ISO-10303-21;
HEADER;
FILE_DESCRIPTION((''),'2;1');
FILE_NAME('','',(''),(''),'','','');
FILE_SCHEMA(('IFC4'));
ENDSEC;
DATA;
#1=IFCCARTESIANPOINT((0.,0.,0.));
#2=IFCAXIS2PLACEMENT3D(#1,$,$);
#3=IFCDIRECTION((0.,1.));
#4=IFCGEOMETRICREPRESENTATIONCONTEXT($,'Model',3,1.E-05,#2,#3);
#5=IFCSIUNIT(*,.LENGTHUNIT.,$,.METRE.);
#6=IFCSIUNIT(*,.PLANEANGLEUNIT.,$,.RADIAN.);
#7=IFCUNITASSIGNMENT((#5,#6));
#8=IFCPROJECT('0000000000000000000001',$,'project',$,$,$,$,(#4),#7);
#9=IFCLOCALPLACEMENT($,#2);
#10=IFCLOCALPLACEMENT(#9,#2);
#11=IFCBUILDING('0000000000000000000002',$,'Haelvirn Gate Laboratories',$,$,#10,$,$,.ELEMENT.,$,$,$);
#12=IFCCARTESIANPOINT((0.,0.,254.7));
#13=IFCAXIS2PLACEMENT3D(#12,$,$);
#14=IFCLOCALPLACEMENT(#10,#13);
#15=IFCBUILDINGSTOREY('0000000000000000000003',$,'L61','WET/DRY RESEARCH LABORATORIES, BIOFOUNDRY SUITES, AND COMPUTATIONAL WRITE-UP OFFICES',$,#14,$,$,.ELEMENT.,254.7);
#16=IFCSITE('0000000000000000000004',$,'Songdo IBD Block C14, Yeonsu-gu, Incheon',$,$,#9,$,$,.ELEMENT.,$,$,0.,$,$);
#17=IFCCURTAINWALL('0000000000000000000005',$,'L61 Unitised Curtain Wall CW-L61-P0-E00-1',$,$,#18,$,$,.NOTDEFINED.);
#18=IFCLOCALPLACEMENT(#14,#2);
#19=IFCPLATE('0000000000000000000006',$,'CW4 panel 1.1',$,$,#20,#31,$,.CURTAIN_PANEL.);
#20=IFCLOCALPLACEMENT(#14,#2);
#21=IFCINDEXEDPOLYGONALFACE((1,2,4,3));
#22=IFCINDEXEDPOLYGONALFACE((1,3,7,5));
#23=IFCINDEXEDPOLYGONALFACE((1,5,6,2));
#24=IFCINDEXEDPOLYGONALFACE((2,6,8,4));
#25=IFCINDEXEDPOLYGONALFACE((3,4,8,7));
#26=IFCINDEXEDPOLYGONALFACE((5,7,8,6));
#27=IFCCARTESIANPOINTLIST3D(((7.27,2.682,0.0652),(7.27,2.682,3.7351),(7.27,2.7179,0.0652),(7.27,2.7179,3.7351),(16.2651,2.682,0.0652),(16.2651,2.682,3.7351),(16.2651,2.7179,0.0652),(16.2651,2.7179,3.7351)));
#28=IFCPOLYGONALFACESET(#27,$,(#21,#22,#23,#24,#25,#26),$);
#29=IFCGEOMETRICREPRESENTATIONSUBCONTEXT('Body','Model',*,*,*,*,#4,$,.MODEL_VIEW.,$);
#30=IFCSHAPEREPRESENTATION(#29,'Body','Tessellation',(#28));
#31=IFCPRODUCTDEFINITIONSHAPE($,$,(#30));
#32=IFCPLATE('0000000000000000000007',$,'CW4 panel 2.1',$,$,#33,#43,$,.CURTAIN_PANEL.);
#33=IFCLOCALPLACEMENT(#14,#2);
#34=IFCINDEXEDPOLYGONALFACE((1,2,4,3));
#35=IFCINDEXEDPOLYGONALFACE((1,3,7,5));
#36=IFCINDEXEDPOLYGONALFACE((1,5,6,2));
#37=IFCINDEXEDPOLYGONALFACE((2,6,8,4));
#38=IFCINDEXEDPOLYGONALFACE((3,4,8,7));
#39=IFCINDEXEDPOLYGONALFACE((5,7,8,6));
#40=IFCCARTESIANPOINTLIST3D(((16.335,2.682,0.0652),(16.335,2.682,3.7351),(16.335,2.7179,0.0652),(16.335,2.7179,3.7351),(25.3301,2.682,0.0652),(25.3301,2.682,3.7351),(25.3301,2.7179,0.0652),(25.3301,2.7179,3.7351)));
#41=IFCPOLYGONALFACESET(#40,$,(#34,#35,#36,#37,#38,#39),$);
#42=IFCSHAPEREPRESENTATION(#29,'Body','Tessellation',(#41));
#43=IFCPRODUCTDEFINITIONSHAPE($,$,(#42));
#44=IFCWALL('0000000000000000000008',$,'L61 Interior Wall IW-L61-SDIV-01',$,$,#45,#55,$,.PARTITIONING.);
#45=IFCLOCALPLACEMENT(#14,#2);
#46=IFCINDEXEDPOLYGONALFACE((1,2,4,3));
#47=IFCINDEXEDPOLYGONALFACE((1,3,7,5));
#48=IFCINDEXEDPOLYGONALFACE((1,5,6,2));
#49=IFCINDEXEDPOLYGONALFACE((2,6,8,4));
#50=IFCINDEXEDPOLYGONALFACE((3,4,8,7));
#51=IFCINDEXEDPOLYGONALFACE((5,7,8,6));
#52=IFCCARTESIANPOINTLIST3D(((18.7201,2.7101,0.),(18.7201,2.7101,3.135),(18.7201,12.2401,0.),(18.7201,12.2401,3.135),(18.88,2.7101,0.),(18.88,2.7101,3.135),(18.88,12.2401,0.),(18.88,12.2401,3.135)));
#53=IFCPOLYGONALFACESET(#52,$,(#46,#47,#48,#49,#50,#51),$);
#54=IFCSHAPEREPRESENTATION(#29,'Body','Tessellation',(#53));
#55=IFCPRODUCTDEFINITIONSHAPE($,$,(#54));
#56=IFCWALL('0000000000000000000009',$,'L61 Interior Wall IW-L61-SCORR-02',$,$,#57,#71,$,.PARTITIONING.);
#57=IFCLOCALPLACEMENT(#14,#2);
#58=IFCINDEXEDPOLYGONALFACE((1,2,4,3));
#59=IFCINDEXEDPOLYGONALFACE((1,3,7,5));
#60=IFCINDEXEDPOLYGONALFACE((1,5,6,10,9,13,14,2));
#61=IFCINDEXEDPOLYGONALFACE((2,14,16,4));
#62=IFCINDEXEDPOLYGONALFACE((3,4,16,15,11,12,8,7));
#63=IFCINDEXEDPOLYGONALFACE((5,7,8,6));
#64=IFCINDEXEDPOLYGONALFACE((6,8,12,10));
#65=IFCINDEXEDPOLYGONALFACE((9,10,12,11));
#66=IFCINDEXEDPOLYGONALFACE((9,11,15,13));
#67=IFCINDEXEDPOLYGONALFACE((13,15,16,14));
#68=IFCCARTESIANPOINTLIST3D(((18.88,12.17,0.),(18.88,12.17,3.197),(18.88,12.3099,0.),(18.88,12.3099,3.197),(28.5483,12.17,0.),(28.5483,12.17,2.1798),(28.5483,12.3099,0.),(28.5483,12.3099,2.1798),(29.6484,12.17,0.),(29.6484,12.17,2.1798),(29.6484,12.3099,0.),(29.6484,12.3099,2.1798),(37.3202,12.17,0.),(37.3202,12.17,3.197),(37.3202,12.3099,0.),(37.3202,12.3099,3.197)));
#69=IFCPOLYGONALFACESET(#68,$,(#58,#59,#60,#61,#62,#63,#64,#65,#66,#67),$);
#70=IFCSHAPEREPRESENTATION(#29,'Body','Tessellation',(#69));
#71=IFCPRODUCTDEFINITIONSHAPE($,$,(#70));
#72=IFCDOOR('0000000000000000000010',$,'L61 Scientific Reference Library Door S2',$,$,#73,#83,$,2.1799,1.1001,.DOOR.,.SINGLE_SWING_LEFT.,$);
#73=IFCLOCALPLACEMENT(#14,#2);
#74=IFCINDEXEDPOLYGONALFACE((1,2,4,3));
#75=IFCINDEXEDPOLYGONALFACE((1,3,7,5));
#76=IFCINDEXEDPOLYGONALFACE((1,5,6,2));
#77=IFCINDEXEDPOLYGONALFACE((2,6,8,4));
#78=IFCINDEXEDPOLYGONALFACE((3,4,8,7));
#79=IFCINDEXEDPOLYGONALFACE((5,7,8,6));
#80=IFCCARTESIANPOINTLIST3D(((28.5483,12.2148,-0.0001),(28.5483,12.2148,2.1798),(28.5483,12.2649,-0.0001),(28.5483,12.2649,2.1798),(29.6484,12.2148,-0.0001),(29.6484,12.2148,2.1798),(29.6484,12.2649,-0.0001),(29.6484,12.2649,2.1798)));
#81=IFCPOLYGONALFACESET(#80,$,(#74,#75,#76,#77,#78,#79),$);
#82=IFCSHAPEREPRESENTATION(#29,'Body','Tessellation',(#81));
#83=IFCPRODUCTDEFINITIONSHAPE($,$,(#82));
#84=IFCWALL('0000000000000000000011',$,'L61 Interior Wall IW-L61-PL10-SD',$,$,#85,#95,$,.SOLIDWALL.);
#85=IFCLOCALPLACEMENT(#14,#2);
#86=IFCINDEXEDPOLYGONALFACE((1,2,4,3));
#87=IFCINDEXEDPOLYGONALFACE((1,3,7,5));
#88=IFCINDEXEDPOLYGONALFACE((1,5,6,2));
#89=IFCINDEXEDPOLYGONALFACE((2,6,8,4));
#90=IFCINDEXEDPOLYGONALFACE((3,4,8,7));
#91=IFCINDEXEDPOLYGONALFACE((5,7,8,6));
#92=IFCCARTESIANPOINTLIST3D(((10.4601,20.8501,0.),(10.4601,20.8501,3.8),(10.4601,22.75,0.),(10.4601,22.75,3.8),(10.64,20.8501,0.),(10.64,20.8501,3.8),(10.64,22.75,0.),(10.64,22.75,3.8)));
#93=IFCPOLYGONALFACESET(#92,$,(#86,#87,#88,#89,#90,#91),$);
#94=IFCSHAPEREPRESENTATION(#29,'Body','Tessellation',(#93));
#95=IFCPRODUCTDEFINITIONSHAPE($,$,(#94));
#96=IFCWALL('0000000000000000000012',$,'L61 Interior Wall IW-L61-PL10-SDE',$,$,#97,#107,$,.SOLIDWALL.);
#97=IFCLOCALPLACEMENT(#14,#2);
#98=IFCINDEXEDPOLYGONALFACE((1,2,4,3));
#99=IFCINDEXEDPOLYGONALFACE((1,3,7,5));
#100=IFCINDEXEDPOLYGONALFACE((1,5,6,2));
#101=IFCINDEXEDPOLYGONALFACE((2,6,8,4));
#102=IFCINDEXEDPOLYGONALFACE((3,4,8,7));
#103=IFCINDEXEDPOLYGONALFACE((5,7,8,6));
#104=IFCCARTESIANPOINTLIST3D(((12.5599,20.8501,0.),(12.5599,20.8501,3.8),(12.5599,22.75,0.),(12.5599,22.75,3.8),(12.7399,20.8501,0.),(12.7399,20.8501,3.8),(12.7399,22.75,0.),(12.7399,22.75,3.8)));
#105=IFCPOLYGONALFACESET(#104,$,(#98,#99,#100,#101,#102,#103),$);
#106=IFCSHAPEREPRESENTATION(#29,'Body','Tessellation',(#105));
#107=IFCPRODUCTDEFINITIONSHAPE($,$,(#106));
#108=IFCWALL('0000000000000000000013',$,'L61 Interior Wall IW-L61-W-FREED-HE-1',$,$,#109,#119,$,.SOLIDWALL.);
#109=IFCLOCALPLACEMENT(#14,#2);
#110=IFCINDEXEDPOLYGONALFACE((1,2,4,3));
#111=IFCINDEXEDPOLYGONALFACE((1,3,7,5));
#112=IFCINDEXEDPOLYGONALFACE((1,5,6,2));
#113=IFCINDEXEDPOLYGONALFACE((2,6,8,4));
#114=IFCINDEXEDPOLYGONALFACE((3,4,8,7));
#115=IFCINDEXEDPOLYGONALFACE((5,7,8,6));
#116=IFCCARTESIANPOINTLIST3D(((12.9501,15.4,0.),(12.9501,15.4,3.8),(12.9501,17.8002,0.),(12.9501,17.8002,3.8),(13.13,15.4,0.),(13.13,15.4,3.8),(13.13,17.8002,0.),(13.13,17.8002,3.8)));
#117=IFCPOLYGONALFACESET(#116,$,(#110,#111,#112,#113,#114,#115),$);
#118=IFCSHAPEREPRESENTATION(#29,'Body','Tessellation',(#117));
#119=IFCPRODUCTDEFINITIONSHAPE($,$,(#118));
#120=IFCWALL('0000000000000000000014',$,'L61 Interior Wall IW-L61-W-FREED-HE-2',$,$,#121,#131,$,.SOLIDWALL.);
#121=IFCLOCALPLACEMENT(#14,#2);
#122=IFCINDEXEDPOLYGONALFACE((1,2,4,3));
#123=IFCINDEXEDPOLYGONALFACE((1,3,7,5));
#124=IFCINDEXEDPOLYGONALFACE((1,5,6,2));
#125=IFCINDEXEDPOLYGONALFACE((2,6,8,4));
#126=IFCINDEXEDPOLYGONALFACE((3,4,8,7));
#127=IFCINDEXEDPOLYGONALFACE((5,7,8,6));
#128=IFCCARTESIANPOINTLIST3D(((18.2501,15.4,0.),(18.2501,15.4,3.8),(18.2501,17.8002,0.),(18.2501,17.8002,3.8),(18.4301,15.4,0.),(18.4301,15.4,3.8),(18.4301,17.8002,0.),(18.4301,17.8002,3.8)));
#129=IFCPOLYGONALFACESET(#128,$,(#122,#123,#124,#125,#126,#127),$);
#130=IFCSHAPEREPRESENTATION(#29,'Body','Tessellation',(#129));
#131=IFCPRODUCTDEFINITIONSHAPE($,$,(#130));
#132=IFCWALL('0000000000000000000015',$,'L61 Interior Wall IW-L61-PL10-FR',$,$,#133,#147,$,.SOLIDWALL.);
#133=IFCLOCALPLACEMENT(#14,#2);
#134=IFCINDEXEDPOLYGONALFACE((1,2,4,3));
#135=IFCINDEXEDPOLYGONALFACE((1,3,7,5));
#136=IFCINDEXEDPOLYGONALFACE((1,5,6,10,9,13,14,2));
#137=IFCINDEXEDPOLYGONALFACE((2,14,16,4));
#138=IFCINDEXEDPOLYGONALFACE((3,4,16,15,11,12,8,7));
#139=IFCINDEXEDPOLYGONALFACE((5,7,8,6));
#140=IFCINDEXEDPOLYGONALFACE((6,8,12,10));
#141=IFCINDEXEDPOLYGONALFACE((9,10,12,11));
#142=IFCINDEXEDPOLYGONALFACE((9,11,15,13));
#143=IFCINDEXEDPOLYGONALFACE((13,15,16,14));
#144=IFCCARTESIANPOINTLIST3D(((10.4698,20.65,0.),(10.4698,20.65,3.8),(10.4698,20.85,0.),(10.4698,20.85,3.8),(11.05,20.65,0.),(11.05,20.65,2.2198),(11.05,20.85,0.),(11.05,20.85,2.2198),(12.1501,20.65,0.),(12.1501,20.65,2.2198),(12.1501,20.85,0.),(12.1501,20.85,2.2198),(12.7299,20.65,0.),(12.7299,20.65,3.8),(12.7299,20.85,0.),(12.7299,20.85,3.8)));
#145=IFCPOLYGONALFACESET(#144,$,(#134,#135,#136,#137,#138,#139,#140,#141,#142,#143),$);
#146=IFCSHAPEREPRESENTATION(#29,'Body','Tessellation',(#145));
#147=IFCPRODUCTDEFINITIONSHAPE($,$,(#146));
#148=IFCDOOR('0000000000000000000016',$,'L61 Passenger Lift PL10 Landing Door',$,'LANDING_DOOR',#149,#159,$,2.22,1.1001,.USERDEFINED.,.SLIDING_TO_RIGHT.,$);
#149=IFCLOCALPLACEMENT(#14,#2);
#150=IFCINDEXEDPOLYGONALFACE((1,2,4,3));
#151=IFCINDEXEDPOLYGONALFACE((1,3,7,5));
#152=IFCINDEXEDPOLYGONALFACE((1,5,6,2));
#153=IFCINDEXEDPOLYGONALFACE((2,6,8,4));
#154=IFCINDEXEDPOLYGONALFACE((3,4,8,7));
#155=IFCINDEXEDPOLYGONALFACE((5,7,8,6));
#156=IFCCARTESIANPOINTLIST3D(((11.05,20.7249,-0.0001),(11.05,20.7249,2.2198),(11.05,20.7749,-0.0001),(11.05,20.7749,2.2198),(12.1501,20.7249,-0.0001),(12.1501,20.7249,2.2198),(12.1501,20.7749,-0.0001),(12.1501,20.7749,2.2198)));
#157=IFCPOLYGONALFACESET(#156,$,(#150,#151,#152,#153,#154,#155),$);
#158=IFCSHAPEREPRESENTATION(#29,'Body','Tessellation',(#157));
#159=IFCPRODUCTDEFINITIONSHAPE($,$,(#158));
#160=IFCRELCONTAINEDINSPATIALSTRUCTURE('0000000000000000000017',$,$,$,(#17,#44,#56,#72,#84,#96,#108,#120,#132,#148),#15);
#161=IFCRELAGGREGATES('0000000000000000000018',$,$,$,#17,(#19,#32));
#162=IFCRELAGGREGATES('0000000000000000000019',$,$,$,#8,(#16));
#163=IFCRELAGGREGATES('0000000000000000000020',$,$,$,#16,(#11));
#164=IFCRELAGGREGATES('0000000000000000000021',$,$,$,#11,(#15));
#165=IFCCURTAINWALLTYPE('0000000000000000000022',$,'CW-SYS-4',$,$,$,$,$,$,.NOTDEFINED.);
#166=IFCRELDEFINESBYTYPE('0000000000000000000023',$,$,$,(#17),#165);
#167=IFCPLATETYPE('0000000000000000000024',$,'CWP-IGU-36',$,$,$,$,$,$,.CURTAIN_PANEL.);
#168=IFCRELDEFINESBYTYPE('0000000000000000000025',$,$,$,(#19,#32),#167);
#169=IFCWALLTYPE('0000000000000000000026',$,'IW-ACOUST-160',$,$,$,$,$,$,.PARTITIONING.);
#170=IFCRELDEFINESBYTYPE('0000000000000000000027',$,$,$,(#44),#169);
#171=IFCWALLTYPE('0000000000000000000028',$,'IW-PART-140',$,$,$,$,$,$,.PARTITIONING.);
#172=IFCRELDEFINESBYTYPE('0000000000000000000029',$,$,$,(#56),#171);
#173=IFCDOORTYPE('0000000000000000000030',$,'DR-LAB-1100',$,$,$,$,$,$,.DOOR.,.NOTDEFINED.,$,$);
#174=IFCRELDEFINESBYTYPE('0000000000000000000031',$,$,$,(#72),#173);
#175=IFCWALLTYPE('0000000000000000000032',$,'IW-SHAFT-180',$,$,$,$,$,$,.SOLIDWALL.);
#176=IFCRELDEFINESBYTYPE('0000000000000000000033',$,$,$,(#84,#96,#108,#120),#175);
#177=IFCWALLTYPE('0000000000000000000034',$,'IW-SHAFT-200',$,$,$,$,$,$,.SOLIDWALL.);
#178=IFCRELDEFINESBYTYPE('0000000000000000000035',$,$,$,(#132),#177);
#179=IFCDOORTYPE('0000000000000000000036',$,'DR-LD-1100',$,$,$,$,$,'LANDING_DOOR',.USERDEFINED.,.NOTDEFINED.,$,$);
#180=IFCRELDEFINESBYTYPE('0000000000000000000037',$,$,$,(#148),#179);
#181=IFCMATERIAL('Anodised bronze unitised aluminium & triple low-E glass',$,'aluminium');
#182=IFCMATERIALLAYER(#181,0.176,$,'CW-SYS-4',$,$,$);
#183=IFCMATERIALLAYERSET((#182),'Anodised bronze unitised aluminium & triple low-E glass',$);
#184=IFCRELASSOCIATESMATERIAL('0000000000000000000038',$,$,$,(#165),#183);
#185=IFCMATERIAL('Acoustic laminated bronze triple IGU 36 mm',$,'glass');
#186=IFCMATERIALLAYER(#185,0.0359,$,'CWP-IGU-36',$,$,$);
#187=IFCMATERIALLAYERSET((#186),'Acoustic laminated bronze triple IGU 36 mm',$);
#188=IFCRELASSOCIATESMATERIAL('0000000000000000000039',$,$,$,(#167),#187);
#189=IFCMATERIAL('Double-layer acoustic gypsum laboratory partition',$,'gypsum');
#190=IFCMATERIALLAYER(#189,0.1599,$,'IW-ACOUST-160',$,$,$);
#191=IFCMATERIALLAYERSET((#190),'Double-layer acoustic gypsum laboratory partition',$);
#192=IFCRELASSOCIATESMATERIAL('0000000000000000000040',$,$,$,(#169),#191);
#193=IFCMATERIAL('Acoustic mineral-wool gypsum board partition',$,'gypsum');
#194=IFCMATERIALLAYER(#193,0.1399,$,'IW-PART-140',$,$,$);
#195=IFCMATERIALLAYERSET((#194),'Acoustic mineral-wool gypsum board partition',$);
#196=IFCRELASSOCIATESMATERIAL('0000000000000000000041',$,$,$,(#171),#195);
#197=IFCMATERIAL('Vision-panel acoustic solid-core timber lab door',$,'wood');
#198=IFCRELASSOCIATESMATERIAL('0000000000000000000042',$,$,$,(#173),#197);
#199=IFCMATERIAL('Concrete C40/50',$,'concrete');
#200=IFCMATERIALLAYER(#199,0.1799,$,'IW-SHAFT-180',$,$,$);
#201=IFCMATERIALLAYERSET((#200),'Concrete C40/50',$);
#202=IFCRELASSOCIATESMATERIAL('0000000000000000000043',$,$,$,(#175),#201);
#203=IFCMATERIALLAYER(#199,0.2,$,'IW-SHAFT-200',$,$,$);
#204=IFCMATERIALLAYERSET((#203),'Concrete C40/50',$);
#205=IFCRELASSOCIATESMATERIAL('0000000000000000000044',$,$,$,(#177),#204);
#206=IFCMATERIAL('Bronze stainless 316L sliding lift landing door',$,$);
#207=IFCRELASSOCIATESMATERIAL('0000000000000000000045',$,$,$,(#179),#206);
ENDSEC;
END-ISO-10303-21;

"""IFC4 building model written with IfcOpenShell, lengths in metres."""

from ifc_helpers import new_model, si_unit, direction, frame, frame_2d, origin, origin_2d, place, context, subcontext, project, spatial, rectangle, extrude, source, transform, mapped, material, layer, layer_set, type_object, type_shapes, element, fill, aggregate, save


model = new_model("IFC4")

# Units and contexts
model_context = context("Model", 3, precision=1e-05, world=origin(), true_north=direction((0.0, 1.0)))
body_context = subcontext(model_context, "Body", "Model", "MODEL_VIEW")
ifc_project = project(units=[si_unit("LENGTHUNIT", "METRE"), si_unit("PLANEANGLEUNIT", "RADIAN")], contexts=[model_context])

# Site, building, storey
site_placement = place(None, origin())
site = spatial("IfcSite", under=ifc_project, at=site_placement, Name="Songdo IBD Block C14, Yeonsu-gu, Incheon", CompositionType="ELEMENT", RefElevation=0.0)
building_placement = place(site_placement, origin())
building = spatial("IfcBuilding", under=site, at=building_placement, Name="Haelvirn Gate Laboratories", CompositionType="ELEMENT")
storey_placement = place(building_placement, frame((0.0, 0.0, 254.7)))
storey = spatial("IfcBuildingStorey", under=building, at=storey_placement, Name="L61", Description="WET/DRY RESEARCH LABORATORIES, BIOFOUNDRY SUITES, AND COMPUTATIONAL WRITE-UP OFFICES", CompositionType="ELEMENT", Elevation=254.7)

# Curtain wall, plates
ifc_material_1 = material(Name="Anodised bronze unitised aluminium & triple low-E glass", Category="aluminium")
ifc_layer_1 = layer(ifc_material_1, 0.176, Name="CW-SYS-4")
ifc_layer_set_1 = layer_set([ifc_layer_1], Name="Anodised bronze unitised aluminium & triple low-E glass")
curtain_wall_type = type_object("IfcCurtainWallType", Name="CW-SYS-4", PredefinedType="NOTDEFINED", material=ifc_layer_set_1)
curtain_wall_placement = place(storey_placement, origin())
curtain_wall = element("IfcCurtainWall", 1, at=curtain_wall_placement, inside=storey, type_object=curtain_wall_type, Name="L61 Unitised Curtain Wall CW-L61-P0-E00-1", PredefinedType="NOTDEFINED")
ifc_material_2 = material(Name="Acoustic laminated bronze triple IGU 36 mm", Category="glass")
ifc_layer_2 = layer(ifc_material_2, 0.0359, Name="CWP-IGU-36")
ifc_layer_set_2 = layer_set([ifc_layer_2], Name="Acoustic laminated bronze triple IGU 36 mm")
plate_type = type_object("IfcPlateType", Name="CWP-IGU-36", PredefinedType="CURTAIN_PANEL", material=ifc_layer_set_2)
shared_shape_1 = source(origin(), body_context, "Body", "SweptSolid", [
    extrude(rectangle(XDim=8.9951, YDim=0.0359, at=origin_2d()), origin(), (0.0, 0.0, 1.0), 3.6699),
])
type_shapes(plate_type, [shared_shape_1])
plate_1_placement = place(storey_placement, frame((11.7676, 2.7, 0.0652), z_axis=(0.0, 0.0, 1.0), x_axis=(1.0, 0.0, 0.0)))
plate_1 = element("IfcPlate", 2, at=plate_1_placement, type_object=plate_type, Name="CW4 panel 1.1", PredefinedType="CURTAIN_PANEL", context=body_context, shape_type="MappedRepresentation", body=[
    mapped(shared_shape_1, transform((0.0, 0.0, 0.0), scale=1.0)),
])
plate_2_placement = place(storey_placement, frame((20.8325, 2.7, 0.0652), z_axis=(0.0, 0.0, 1.0), x_axis=(1.0, 0.0, 0.0)))
plate_2 = element("IfcPlate", 3, at=plate_2_placement, type_object=plate_type, Name="CW4 panel 2.1", PredefinedType="CURTAIN_PANEL", context=body_context, shape_type="MappedRepresentation", body=[
    mapped(shared_shape_1, transform((0.0, 0.0, 0.0), scale=1.0)),
])
aggregate(curtain_wall, [plate_1, plate_2])

# Wall
ifc_material_3 = material(Name="Double-layer acoustic gypsum laboratory partition", Category="gypsum")
ifc_layer_3 = layer(ifc_material_3, 0.1599, Name="IW-ACOUST-160")
ifc_layer_set_3 = layer_set([ifc_layer_3], Name="Double-layer acoustic gypsum laboratory partition")
wall_type_1 = type_object("IfcWallType", Name="IW-ACOUST-160", PredefinedType="PARTITIONING", material=ifc_layer_set_3)
wall_1_placement = place(storey_placement, frame((18.8, 2.71, 0.0), z_axis=(0.0, 0.0, 1.0), x_axis=(0.0, 1.0, 0.0)))
element("IfcWall", 4, at=wall_1_placement, inside=storey, type_object=wall_type_1, Name="L61 Interior Wall IW-L61-SDIV-01", PredefinedType="PARTITIONING", context=body_context, shape_type="SweptSolid", body=[
    extrude(rectangle(XDim=9.53, YDim=0.1599, at=frame_2d((4.7651, 0.0))), origin(), (0.0, 0.0, 1.0), 3.135),
])

# Wall, opening, door
ifc_material_4 = material(Name="Acoustic mineral-wool gypsum board partition", Category="gypsum")
ifc_layer_4 = layer(ifc_material_4, 0.1399, Name="IW-PART-140")
ifc_layer_set_4 = layer_set([ifc_layer_4], Name="Acoustic mineral-wool gypsum board partition")
wall_type_2 = type_object("IfcWallType", Name="IW-PART-140", PredefinedType="PARTITIONING", material=ifc_layer_set_4)
wall_2_placement = place(storey_placement, frame((18.8799, 12.24, 0.0), z_axis=(0.0, 0.0, 1.0), x_axis=(1.0, 0.0, 0.0)))
wall_2 = element("IfcWall", 5, at=wall_2_placement, inside=storey, type_object=wall_type_2, Name="L61 Interior Wall IW-L61-SCORR-02", PredefinedType="PARTITIONING", context=body_context, shape_type="SweptSolid", body=[
    extrude(rectangle(XDim=18.4402, YDim=0.1399, at=frame_2d((9.2202, 0.0))), origin(), (0.0, 0.0, 1.0), 3.197),
])
opening_1_placement = place(wall_2_placement, frame((9.6685, 0.0, 0.0)))
opening_1 = element("IfcOpeningElement", 6, at=opening_1_placement, cuts=wall_2, PredefinedType="OPENING", context=body_context, shape_type="SweptSolid", body=[
    extrude(rectangle(XDim=1.1001, YDim=2.1799, at=frame_2d((0.55, 1.0898))), frame((0.0, 0.0801, 0.0), z_axis=(0.0, -1.0, 0.0), x_axis=(1.0, 0.0, 0.0)), (0.0, 0.0, 1.0), 0.1599),
])
ifc_material_5 = material(Name="Vision-panel acoustic solid-core timber lab door", Category="wood")
door_type_1 = type_object("IfcDoorType", Name="DR-LAB-1100", OperationType="NOTDEFINED", PredefinedType="DOOR", material=ifc_material_5)
shared_shape_2 = source(origin(), body_context, "Body", "SweptSolid", [
    extrude(rectangle(XDim=1.1001, YDim=2.1799, at=frame_2d((0.55, 1.0898))), frame((0.0, 0.0249, 0.0), z_axis=(0.0, -1.0, 0.0), x_axis=(1.0, 0.0, 0.0)), (0.0, 0.0, 1.0), 0.05),
])
type_shapes(door_type_1, [shared_shape_2])
door_1_placement = place(opening_1_placement, origin())
door_1 = element("IfcDoor", 7, at=door_1_placement, inside=storey, type_object=door_type_1, Name="L61 Scientific Reference Library Door S2", OperationType="SINGLE_SWING_LEFT", OverallHeight=2.1799, OverallWidth=1.1001, PredefinedType="DOOR", context=body_context, shape_type="MappedRepresentation", body=[
    mapped(shared_shape_2, transform((0.0, 0.0, 0.0), scale=1.0)),
])
fill(opening_1, door_1)

# Walls
ifc_material_6 = material(Name="Concrete C40/50", Category="concrete")
ifc_layer_5 = layer(ifc_material_6, 0.1799, Name="IW-SHAFT-180")
ifc_layer_set_5 = layer_set([ifc_layer_5], Name="Concrete C40/50")
wall_type_3 = type_object("IfcWallType", Name="IW-SHAFT-180", PredefinedType="SOLIDWALL", material=ifc_layer_set_5)
for number, where, z_axis, x_axis, name in (
    (8, (10.55, 20.8501, 0.0), (0.0, 0.0, 1.0), (0.0, 1.0, 0.0), "L61 Interior Wall IW-L61-PL10-SD"),
    (9, (12.6499, 20.8501, 0.0), (0.0, 0.0, 1.0), (0.0, 1.0, 0.0), "L61 Interior Wall IW-L61-PL10-SDE"),
):
    element("IfcWall", number, at=place(storey_placement, frame(where, z_axis=z_axis, x_axis=x_axis)), inside=storey, type_object=wall_type_3, Name=name, PredefinedType="SOLIDWALL", context=body_context, shape_type="SweptSolid", body=[
        extrude(rectangle(XDim=1.8999, YDim=0.1799, at=frame_2d((0.95, 0.0))), origin(), (0.0, 0.0, 1.0), 3.8),
    ])
wall_3_placement = place(storey_placement, frame((13.04, 15.3999, 0.0), z_axis=(0.0, 0.0, 1.0), x_axis=(0.0, 1.0, 0.0)))
element("IfcWall", 10, at=wall_3_placement, inside=storey, type_object=wall_type_3, Name="L61 Interior Wall IW-L61-W-FREED-HE-1", PredefinedType="SOLIDWALL", context=body_context, shape_type="SweptSolid", body=[
    extrude(rectangle(XDim=2.4001, YDim=0.1799, at=frame_2d((1.2002, 0.0))), origin(), (0.0, 0.0, 1.0), 3.8),
])

# Wall
wall_4_placement = place(storey_placement, frame((18.3401, 15.3999, 0.0), z_axis=(0.0, 0.0, 1.0), x_axis=(0.0, 1.0, 0.0)))
element("IfcWall", 11, at=wall_4_placement, inside=storey, type_object=wall_type_3, Name="L61 Interior Wall IW-L61-W-FREED-HE-2", PredefinedType="SOLIDWALL", context=body_context, shape_type="SweptSolid", body=[
    extrude(rectangle(XDim=2.4001, YDim=0.1799, at=frame_2d((1.2002, 0.0))), origin(), (0.0, 0.0, 1.0), 3.8),
])

# Wall, opening, door
ifc_layer_6 = layer(ifc_material_6, 0.2, Name="IW-SHAFT-200")
ifc_layer_set_6 = layer_set([ifc_layer_6], Name="Concrete C40/50")
wall_type_4 = type_object("IfcWallType", Name="IW-SHAFT-200", PredefinedType="SOLIDWALL", material=ifc_layer_set_6)
wall_5_placement = place(storey_placement, frame((10.47, 20.75, 0.0), z_axis=(0.0, 0.0, 1.0), x_axis=(1.0, 0.0, 0.0)))
wall_5 = element("IfcWall", 12, at=wall_5_placement, inside=storey, type_object=wall_type_4, Name="L61 Interior Wall IW-L61-PL10-FR", PredefinedType="SOLIDWALL", context=body_context, shape_type="SweptSolid", body=[
    extrude(rectangle(XDim=2.26, YDim=0.2, at=frame_2d((1.1299, 0.0))), origin(), (0.0, 0.0, 1.0), 3.8),
])
opening_2_placement = place(wall_5_placement, frame((0.5801, 0.0, 0.0)))
opening_2 = element("IfcOpeningElement", 13, at=opening_2_placement, cuts=wall_5, PredefinedType="OPENING", context=body_context, shape_type="SweptSolid", body=[
    extrude(rectangle(XDim=1.1001, YDim=2.22, at=frame_2d((0.55, 1.1099))), frame((0.0, 0.1099, 0.0), z_axis=(0.0, -1.0, 0.0), x_axis=(1.0, 0.0, 0.0)), (0.0, 0.0, 1.0), 0.22),
])
ifc_material_7 = material(Name="Bronze stainless 316L sliding lift landing door")
door_type_2 = type_object("IfcDoorType", Name="DR-LD-1100", ElementType="LANDING_DOOR", OperationType="NOTDEFINED", PredefinedType="USERDEFINED", material=ifc_material_7)
shared_shape_3 = source(origin(), body_context, "Body", "SweptSolid", [
    extrude(rectangle(XDim=1.1001, YDim=2.22, at=frame_2d((0.55, 1.1099))), frame((0.0, 0.0249, 0.0), z_axis=(0.0, -1.0, 0.0), x_axis=(1.0, 0.0, 0.0)), (0.0, 0.0, 1.0), 0.05),
])
type_shapes(door_type_2, [shared_shape_3])
door_2_placement = place(opening_2_placement, origin())
door_2 = element("IfcDoor", 14, at=door_2_placement, inside=storey, type_object=door_type_2, Name="L61 Passenger Lift PL10 Landing Door", ObjectType="LANDING_DOOR", OperationType="SLIDING_TO_RIGHT", OverallHeight=2.22, OverallWidth=1.1001, PredefinedType="USERDEFINED", context=body_context, shape_type="MappedRepresentation", body=[
    mapped(shared_shape_3, transform((0.0, 0.0, 0.0), scale=1.0)),
])
fill(opening_2, door_2)

save(model, "model.ifc")
